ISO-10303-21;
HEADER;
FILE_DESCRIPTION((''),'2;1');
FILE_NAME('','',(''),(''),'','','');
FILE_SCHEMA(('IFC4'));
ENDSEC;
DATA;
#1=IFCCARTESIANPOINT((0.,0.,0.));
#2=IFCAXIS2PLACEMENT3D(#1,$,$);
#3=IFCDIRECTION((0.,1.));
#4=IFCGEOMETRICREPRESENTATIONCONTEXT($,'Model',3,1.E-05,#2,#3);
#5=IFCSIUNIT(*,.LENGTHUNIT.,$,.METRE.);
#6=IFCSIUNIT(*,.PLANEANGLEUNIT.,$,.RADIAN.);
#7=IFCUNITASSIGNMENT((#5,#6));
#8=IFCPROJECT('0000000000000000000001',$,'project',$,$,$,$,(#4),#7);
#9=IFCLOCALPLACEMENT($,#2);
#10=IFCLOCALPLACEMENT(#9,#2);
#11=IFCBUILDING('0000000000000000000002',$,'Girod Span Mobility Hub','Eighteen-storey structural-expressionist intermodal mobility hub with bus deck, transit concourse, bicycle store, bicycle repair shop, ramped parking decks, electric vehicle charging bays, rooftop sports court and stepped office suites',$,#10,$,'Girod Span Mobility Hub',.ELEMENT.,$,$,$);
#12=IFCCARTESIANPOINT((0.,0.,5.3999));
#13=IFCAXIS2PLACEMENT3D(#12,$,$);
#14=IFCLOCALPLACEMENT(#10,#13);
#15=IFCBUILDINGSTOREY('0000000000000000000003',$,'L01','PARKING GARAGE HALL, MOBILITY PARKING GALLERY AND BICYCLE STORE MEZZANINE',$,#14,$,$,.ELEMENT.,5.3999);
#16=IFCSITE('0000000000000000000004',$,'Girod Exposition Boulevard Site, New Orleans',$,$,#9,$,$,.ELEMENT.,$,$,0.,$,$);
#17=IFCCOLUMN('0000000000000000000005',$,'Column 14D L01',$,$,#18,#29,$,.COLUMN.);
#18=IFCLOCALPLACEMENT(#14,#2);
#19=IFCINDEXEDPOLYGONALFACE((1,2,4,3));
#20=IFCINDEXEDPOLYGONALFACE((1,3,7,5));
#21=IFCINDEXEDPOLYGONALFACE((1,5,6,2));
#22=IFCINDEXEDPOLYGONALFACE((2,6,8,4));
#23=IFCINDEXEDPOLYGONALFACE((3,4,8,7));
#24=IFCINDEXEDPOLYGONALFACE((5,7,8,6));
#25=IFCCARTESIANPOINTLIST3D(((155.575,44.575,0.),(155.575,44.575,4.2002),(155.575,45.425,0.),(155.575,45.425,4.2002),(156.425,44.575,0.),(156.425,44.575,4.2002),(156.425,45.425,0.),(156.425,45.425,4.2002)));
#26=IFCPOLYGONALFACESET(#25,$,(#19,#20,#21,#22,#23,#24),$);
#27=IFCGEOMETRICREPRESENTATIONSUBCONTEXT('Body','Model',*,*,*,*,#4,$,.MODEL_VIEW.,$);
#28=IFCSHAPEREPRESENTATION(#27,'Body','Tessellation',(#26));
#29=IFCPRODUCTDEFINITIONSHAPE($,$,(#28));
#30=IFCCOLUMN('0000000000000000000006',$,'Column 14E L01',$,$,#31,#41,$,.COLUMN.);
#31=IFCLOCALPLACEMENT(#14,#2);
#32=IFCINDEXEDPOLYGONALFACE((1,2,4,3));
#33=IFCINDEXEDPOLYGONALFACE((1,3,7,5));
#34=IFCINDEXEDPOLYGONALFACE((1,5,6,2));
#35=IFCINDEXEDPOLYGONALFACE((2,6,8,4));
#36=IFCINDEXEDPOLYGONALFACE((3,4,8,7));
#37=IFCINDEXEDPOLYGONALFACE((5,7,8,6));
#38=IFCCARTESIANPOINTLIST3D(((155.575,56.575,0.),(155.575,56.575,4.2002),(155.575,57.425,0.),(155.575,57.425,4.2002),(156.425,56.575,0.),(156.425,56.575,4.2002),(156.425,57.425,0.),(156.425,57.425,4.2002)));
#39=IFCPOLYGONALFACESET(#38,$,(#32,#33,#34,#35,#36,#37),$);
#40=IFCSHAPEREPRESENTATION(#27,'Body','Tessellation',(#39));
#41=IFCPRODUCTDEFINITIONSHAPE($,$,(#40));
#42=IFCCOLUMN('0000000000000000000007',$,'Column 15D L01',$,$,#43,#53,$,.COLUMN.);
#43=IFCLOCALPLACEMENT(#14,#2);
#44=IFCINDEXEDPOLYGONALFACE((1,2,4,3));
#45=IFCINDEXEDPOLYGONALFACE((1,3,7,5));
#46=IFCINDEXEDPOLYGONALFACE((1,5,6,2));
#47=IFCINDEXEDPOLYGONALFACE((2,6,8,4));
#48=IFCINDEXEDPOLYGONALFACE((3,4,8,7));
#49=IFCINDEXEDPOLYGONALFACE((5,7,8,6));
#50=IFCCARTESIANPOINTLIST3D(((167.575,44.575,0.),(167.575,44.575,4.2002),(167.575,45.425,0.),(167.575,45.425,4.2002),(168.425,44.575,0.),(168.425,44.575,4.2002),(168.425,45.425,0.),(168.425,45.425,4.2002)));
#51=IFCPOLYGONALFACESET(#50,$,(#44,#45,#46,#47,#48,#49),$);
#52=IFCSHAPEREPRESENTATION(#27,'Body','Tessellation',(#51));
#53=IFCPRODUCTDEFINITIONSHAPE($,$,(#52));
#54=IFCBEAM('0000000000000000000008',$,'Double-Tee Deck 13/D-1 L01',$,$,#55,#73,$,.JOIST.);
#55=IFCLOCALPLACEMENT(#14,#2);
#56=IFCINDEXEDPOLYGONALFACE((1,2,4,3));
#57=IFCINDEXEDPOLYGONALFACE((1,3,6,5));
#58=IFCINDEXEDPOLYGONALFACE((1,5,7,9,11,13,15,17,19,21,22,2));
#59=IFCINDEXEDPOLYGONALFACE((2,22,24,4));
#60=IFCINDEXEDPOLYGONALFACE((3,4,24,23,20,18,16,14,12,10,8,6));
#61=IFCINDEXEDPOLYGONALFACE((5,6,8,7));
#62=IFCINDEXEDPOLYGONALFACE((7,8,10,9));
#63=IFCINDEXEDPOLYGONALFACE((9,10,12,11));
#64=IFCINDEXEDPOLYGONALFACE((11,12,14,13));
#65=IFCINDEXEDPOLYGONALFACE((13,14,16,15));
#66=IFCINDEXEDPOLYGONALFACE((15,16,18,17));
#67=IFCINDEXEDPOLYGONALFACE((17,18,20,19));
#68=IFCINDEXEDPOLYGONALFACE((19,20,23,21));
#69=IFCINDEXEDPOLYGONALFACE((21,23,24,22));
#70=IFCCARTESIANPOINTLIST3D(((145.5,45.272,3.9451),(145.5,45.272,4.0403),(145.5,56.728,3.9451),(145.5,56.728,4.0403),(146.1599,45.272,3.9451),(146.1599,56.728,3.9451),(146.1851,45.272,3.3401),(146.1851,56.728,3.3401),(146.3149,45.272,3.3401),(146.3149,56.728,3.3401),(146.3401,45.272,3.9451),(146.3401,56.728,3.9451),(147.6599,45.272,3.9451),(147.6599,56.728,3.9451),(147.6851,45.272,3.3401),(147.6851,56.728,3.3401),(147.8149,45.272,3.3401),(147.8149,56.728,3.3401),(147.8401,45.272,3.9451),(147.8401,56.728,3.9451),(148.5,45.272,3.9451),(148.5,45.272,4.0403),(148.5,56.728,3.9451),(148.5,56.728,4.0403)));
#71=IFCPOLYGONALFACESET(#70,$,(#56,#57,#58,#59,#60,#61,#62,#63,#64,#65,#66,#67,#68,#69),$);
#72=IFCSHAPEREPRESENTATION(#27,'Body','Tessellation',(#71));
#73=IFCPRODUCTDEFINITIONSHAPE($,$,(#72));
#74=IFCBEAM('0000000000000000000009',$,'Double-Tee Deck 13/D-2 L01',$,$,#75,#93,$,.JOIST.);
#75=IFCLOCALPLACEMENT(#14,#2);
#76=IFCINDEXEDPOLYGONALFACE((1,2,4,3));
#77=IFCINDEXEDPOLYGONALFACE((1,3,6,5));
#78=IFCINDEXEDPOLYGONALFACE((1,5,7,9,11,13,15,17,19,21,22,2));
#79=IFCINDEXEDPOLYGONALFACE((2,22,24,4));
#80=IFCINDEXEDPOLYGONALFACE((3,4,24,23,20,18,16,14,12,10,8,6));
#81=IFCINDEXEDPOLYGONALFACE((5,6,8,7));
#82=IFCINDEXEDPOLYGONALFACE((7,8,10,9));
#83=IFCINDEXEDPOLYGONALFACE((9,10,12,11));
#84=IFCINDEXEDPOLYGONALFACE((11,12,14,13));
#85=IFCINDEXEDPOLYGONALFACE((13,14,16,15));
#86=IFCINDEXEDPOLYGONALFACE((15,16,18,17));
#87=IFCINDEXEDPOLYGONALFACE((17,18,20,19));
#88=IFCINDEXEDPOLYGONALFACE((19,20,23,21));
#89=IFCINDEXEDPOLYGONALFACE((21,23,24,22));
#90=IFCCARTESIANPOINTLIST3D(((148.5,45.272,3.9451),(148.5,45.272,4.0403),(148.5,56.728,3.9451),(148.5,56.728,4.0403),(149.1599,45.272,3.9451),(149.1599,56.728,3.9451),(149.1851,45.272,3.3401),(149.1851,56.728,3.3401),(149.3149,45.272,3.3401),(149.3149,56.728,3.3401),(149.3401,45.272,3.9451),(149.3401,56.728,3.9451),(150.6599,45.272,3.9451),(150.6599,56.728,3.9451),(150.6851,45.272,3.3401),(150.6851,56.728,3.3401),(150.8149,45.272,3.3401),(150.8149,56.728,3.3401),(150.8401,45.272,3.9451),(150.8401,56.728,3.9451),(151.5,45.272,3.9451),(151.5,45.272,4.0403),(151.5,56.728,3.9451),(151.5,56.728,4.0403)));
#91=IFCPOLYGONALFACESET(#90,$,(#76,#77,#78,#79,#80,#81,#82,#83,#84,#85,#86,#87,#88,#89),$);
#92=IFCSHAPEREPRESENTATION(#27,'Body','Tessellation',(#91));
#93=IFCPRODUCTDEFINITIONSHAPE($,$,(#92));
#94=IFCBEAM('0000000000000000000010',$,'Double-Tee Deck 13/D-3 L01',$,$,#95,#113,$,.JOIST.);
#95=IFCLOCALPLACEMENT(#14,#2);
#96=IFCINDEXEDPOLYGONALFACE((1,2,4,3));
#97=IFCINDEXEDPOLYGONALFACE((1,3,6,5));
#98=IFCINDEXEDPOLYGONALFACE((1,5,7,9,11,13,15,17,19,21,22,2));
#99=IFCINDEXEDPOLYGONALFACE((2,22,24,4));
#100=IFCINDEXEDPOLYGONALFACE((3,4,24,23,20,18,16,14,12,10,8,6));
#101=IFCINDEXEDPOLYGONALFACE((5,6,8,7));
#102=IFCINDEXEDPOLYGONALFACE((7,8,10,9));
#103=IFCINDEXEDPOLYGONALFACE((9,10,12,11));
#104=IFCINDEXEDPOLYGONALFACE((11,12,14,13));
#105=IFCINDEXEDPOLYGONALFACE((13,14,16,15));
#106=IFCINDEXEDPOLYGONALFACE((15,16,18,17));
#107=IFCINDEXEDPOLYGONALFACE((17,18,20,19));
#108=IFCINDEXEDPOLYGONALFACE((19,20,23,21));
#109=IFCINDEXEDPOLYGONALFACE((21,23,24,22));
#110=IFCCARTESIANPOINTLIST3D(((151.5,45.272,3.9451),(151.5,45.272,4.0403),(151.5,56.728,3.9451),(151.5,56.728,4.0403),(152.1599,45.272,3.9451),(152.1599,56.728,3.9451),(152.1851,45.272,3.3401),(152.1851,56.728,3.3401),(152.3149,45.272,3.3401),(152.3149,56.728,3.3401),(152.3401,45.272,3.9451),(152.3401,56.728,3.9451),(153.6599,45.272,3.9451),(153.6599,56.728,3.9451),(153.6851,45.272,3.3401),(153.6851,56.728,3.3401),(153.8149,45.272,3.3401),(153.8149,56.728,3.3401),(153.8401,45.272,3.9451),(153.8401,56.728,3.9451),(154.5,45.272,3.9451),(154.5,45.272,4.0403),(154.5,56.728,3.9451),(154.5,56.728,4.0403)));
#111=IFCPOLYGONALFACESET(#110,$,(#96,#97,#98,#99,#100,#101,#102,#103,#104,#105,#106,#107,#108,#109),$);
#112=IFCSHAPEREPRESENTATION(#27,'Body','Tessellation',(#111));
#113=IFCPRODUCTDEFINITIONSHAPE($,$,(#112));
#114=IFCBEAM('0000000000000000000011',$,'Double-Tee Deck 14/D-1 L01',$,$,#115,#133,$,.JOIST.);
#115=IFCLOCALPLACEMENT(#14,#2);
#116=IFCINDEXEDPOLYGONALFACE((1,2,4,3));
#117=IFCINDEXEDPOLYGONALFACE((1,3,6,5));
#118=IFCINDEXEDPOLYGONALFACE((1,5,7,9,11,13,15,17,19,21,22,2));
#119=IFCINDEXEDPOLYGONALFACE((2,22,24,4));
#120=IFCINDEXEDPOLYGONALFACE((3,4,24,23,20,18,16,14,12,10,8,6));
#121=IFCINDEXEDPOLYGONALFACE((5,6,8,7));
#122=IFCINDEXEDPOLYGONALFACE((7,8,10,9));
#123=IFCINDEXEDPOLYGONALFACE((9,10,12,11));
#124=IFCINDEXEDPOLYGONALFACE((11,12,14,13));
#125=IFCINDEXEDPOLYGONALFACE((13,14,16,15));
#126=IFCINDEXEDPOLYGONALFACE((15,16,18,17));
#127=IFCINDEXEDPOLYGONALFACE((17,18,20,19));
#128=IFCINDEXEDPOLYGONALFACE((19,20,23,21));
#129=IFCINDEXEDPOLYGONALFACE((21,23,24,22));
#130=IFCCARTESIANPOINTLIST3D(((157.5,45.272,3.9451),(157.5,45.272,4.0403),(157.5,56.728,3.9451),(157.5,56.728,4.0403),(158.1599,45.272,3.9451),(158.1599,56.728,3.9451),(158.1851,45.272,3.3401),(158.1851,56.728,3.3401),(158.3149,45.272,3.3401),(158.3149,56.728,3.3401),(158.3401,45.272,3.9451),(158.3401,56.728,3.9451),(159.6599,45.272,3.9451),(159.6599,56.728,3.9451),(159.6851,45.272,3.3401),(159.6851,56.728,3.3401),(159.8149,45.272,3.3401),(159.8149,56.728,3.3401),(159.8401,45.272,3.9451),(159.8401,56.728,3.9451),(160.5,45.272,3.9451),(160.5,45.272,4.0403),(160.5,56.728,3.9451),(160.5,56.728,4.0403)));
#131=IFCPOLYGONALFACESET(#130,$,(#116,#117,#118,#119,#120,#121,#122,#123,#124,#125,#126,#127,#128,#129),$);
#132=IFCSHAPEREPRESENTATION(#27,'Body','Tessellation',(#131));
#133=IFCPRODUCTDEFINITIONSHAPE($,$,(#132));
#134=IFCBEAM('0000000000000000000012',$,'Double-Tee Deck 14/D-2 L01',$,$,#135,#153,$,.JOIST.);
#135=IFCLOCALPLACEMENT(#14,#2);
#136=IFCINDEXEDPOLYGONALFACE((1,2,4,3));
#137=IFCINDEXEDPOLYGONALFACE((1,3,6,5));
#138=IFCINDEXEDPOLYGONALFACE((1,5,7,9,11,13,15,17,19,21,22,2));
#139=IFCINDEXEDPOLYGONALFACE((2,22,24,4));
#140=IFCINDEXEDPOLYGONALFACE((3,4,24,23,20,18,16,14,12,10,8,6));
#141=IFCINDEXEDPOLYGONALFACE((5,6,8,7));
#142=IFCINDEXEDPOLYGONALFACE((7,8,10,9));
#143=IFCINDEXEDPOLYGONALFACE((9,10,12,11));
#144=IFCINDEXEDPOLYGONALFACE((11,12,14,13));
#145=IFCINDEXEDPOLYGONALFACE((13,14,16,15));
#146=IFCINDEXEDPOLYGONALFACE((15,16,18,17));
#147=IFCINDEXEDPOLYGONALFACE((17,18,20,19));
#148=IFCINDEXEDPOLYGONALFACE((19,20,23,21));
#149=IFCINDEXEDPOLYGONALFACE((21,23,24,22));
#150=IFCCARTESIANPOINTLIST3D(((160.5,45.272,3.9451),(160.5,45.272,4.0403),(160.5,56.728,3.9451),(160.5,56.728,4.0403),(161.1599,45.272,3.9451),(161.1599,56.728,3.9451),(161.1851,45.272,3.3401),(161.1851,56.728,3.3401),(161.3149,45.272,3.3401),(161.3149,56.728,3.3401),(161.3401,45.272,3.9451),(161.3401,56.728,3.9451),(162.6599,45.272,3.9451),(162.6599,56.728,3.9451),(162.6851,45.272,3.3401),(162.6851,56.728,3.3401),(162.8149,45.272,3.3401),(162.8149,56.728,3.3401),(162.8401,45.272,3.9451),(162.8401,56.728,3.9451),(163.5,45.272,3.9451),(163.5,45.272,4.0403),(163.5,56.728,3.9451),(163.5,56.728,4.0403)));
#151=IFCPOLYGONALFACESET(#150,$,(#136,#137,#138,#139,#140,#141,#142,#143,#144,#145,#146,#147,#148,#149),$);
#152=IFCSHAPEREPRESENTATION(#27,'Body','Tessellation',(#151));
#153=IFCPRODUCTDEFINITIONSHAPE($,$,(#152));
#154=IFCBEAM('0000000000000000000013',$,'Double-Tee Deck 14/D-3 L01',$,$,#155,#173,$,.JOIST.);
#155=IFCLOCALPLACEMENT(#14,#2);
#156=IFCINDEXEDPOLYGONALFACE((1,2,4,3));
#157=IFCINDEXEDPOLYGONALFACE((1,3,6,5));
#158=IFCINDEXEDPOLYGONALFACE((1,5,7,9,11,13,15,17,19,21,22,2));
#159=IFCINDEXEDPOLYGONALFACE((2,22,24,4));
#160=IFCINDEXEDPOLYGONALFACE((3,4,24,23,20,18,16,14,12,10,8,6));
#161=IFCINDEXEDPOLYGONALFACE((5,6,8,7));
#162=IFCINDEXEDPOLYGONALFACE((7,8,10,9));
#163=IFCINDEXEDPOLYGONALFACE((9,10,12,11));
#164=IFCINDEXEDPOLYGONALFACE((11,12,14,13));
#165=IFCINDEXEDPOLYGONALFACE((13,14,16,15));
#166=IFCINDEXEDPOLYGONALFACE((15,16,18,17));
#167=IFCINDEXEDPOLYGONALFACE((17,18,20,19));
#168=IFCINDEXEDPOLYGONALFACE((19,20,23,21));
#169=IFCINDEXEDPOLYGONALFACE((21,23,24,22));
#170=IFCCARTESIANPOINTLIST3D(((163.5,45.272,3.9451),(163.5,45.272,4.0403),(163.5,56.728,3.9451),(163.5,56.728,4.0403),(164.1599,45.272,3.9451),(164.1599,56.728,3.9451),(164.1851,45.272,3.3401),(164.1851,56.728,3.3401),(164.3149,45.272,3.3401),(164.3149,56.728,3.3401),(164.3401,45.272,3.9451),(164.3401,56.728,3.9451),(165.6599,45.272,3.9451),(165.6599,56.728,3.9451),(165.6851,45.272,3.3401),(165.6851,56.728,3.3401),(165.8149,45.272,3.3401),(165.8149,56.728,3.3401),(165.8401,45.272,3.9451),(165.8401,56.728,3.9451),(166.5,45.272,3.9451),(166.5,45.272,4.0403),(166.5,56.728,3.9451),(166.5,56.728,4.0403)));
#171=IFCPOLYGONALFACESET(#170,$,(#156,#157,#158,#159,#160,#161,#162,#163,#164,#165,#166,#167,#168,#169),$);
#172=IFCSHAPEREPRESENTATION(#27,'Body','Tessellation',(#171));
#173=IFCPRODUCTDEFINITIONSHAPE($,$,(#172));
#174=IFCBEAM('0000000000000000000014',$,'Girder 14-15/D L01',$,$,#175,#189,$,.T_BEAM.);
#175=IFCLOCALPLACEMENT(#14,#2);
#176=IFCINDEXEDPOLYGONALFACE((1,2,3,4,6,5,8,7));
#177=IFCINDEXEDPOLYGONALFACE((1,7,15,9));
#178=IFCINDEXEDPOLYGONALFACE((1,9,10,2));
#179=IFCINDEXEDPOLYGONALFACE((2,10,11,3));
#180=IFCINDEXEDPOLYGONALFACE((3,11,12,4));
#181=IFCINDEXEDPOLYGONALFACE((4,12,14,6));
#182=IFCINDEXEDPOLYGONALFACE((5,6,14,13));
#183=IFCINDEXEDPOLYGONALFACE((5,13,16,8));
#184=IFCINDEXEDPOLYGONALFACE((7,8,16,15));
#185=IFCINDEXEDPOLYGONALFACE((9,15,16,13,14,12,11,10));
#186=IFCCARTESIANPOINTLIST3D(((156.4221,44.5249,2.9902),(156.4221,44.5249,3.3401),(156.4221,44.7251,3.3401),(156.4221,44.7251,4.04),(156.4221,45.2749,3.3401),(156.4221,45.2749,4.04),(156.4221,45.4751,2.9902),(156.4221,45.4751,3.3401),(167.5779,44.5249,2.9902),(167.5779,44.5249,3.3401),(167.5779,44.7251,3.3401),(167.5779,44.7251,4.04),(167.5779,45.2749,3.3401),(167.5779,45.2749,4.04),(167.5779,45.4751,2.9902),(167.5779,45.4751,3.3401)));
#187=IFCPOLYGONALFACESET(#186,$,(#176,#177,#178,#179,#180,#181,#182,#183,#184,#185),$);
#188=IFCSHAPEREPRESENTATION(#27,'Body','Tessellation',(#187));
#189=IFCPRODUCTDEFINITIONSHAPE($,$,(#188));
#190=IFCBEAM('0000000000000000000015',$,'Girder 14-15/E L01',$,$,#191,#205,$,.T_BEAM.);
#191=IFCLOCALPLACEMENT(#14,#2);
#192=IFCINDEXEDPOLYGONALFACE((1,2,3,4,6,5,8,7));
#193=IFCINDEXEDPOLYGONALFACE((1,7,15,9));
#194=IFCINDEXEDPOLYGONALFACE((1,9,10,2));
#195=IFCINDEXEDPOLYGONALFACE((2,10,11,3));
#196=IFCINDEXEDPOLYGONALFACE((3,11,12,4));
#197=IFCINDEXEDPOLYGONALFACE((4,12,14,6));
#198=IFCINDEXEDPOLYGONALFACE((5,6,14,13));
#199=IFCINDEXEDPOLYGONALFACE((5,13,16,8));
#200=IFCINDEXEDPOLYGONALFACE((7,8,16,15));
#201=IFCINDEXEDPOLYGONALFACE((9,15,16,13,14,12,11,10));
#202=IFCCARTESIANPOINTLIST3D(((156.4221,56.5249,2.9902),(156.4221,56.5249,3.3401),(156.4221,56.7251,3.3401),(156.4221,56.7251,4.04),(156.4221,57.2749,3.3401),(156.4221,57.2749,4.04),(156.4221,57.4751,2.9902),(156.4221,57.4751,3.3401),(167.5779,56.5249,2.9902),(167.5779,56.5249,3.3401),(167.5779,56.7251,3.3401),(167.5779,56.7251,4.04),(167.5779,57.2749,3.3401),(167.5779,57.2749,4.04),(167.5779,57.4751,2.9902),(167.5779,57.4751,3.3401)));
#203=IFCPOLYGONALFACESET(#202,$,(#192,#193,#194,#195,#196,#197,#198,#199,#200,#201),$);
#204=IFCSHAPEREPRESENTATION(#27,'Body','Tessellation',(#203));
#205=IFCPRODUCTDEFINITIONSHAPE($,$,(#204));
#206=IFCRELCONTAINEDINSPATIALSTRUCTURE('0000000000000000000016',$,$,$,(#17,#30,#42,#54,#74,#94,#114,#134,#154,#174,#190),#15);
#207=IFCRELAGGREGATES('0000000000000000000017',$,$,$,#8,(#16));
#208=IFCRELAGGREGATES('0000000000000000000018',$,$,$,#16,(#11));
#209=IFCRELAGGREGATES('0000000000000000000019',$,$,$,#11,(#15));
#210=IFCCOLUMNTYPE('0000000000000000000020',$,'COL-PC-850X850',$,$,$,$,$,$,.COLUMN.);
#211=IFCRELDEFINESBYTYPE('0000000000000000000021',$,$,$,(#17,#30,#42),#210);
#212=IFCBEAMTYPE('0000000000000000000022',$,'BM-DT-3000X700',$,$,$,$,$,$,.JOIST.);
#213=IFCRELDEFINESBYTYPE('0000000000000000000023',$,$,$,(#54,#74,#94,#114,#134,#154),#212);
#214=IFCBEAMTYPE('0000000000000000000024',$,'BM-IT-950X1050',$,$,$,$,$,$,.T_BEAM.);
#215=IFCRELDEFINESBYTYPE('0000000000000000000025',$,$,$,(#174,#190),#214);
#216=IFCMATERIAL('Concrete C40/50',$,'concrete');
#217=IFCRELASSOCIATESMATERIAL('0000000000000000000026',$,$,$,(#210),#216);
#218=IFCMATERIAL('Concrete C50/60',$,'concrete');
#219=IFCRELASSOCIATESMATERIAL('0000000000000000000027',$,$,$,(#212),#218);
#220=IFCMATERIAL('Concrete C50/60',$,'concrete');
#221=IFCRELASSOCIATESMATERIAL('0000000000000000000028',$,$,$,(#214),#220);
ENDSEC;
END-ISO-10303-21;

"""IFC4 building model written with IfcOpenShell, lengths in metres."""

from ifc_helpers import new_model, si_unit, direction, frame, origin, origin_2d, place, context, subcontext, project, spatial, polyline, rectangle, outline, extrude, material, material_profile, profile_set, type_object, element, save


model = new_model("IFC4")

# Units and contexts
model_context = context("Model", 3, precision=1e-05, world=origin(), true_north=direction((0.0, 1.0)))
body_context = subcontext(model_context, "Body", "Model", "MODEL_VIEW")
ifc_project = project(units=[si_unit("LENGTHUNIT", "METRE"), si_unit("PLANEANGLEUNIT", "RADIAN")], contexts=[model_context])

# Site, building, storey
site_placement = place(None, origin())
site = spatial("IfcSite", under=ifc_project, at=site_placement, Name="Girod Exposition Boulevard Site, New Orleans", CompositionType="ELEMENT", RefElevation=0.0)
building_placement = place(site_placement, origin())
building = spatial("IfcBuilding", under=site, at=building_placement, Name="Girod Span Mobility Hub", Description="Eighteen-storey structural-expressionist intermodal mobility hub with bus deck, transit concourse, bicycle store, bicycle repair shop, ramped parking decks, electric vehicle charging bays, rooftop sports court and stepped office suites", LongName="Girod Span Mobility Hub", CompositionType="ELEMENT")
storey_placement = place(building_placement, frame((0.0, 0.0, 5.3999)))
storey = spatial("IfcBuildingStorey", under=building, at=storey_placement, Name="L01", Description="PARKING GARAGE HALL, MOBILITY PARKING GALLERY AND BICYCLE STORE MEZZANINE", CompositionType="ELEMENT", Elevation=5.3999)

# Columns
ifc_material_1 = material(Name="Concrete C40/50", Category="concrete")
ifc_material_profile_1 = material_profile(ifc_material_1, rectangle(XDim=0.8501, YDim=0.8501, at=origin_2d()), Name="PC-COL-850X850")
ifc_profile_set_1 = profile_set([ifc_material_profile_1], Name="Concrete C40/50")
column_type = type_object("IfcColumnType", Name="COL-PC-850X850", PredefinedType="COLUMN", material=ifc_profile_set_1)
for number, where, z_axis, x_axis, name in (
    (1, (156.0, 45.0, 0.0), (0.0, 0.0, 1.0), (1.0, 0.0, 0.0), "Column 14D L01"),
    (2, (156.0, 57.0, 0.0), (0.0, 0.0, 1.0), (1.0, 0.0, 0.0), "Column 14E L01"),
    (3, (168.0, 45.0, 0.0), (0.0, 0.0, 1.0), (1.0, 0.0, 0.0), "Column 15D L01"),
):
    element("IfcColumn", number, at=place(storey_placement, frame(where, z_axis=z_axis, x_axis=x_axis)), inside=storey, type_object=column_type, Name=name, PredefinedType="COLUMN", context=body_context, shape_type="SweptSolid", body=[
        extrude(rectangle(XDim=0.8501, YDim=0.8501, at=origin_2d()), origin(), (0.0, 0.0, 1.0), 4.2002),
    ])

# Beams
ifc_material_2 = material(Name="Concrete C50/60", Category="concrete")
ifc_material_profile_2 = material_profile(ifc_material_2, outline(polyline([(-1.5, 0.3501), (-1.5, 0.2549), (-0.8401, 0.2549), (-0.8149, -0.3501), (-0.6851, -0.3501), (-0.6599, 0.2549), (0.6599, 0.2549), (0.6851, -0.3501), (0.8149, -0.3501), (0.8401, 0.2549), (1.5, 0.2549), (1.5, 0.3501), (-1.5, 0.3501)])), Name="DT-3000X700")
ifc_profile_set_2 = profile_set([ifc_material_profile_2], Name="Concrete C50/60")
beam_type_1 = type_object("IfcBeamType", Name="BM-DT-3000X700", PredefinedType="JOIST", material=ifc_profile_set_2)
for number, where, z_axis, x_axis, name in (
    (4, (147.0, 45.272, 3.6902), (0.0, 1.0, 0.0), (-1.0, 0.0, 0.0), "Double-Tee Deck 13/D-1 L01"),
    (5, (150.0, 45.272, 3.6902), (0.0, 1.0, 0.0), (-1.0, 0.0, 0.0), "Double-Tee Deck 13/D-2 L01"),
    (6, (153.0, 45.272, 3.6902), (0.0, 1.0, 0.0), (-1.0, 0.0, 0.0), "Double-Tee Deck 13/D-3 L01"),
    (7, (159.0, 45.272, 3.6902), (0.0, 1.0, 0.0), (-1.0, 0.0, 0.0), "Double-Tee Deck 14/D-1 L01"),
    (8, (162.0, 45.272, 3.6902), (0.0, 1.0, 0.0), (-1.0, 0.0, 0.0), "Double-Tee Deck 14/D-2 L01"),
    (9, (165.0, 45.272, 3.6902), (0.0, 1.0, 0.0), (-1.0, 0.0, 0.0), "Double-Tee Deck 14/D-3 L01"),
):
    element("IfcBeam", number, at=place(storey_placement, frame(where, z_axis=z_axis, x_axis=x_axis)), inside=storey, type_object=beam_type_1, Name=name, PredefinedType="JOIST", context=body_context, shape_type="SweptSolid", body=[
        extrude(outline(polyline([(-1.5, 0.3501), (-1.5, 0.2549), (-0.8401, 0.2549), (-0.8149, -0.3501), (-0.6851, -0.3501), (-0.6599, 0.2549), (0.6599, 0.2549), (0.6851, -0.3501), (0.8149, -0.3501), (0.8401, 0.2549), (1.5, 0.2549), (1.5, 0.3501), (-1.5, 0.3501)])), origin(), (0.0, 0.0, 1.0), 11.4561),
    ])
ifc_material_3 = material(Name="Concrete C50/60", Category="concrete")
ifc_material_profile_3 = material_profile(ifc_material_3, outline(polyline([(-0.4751, -0.5249), (0.4751, -0.5249), (0.4751, -0.175), (0.2749, -0.175), (0.2749, 0.5249), (-0.2749, 0.5249), (-0.2749, -0.175), (-0.4751, -0.175), (-0.4751, -0.5249)])), Name="IT-950X1050")
ifc_profile_set_3 = profile_set([ifc_material_profile_3], Name="Concrete C50/60")
beam_type_2 = type_object("IfcBeamType", Name="BM-IT-950X1050", PredefinedType="T_BEAM", material=ifc_profile_set_3)
for number, where, z_axis, x_axis, name in (
    (10, (156.4221, 45.0, 3.5151), (1.0, 0.0, 0.0), (0.0, 1.0, 0.0), "Girder 14-15/D L01"),
    (11, (156.4221, 57.0, 3.5151), (1.0, 0.0, 0.0), (0.0, 1.0, 0.0), "Girder 14-15/E L01"),
):
    element("IfcBeam", number, at=place(storey_placement, frame(where, z_axis=z_axis, x_axis=x_axis)), inside=storey, type_object=beam_type_2, Name=name, PredefinedType="T_BEAM", context=body_context, shape_type="SweptSolid", body=[
        extrude(outline(polyline([(-0.4751, -0.5249), (0.4751, -0.5249), (0.4751, -0.175), (0.2749, -0.175), (0.2749, 0.5249), (-0.2749, 0.5249), (-0.2749, -0.175), (-0.4751, -0.175), (-0.4751, -0.5249)])), origin(), (0.0, 0.0, 1.0), 11.1558),
    ])

save(model, "model.ifc")
